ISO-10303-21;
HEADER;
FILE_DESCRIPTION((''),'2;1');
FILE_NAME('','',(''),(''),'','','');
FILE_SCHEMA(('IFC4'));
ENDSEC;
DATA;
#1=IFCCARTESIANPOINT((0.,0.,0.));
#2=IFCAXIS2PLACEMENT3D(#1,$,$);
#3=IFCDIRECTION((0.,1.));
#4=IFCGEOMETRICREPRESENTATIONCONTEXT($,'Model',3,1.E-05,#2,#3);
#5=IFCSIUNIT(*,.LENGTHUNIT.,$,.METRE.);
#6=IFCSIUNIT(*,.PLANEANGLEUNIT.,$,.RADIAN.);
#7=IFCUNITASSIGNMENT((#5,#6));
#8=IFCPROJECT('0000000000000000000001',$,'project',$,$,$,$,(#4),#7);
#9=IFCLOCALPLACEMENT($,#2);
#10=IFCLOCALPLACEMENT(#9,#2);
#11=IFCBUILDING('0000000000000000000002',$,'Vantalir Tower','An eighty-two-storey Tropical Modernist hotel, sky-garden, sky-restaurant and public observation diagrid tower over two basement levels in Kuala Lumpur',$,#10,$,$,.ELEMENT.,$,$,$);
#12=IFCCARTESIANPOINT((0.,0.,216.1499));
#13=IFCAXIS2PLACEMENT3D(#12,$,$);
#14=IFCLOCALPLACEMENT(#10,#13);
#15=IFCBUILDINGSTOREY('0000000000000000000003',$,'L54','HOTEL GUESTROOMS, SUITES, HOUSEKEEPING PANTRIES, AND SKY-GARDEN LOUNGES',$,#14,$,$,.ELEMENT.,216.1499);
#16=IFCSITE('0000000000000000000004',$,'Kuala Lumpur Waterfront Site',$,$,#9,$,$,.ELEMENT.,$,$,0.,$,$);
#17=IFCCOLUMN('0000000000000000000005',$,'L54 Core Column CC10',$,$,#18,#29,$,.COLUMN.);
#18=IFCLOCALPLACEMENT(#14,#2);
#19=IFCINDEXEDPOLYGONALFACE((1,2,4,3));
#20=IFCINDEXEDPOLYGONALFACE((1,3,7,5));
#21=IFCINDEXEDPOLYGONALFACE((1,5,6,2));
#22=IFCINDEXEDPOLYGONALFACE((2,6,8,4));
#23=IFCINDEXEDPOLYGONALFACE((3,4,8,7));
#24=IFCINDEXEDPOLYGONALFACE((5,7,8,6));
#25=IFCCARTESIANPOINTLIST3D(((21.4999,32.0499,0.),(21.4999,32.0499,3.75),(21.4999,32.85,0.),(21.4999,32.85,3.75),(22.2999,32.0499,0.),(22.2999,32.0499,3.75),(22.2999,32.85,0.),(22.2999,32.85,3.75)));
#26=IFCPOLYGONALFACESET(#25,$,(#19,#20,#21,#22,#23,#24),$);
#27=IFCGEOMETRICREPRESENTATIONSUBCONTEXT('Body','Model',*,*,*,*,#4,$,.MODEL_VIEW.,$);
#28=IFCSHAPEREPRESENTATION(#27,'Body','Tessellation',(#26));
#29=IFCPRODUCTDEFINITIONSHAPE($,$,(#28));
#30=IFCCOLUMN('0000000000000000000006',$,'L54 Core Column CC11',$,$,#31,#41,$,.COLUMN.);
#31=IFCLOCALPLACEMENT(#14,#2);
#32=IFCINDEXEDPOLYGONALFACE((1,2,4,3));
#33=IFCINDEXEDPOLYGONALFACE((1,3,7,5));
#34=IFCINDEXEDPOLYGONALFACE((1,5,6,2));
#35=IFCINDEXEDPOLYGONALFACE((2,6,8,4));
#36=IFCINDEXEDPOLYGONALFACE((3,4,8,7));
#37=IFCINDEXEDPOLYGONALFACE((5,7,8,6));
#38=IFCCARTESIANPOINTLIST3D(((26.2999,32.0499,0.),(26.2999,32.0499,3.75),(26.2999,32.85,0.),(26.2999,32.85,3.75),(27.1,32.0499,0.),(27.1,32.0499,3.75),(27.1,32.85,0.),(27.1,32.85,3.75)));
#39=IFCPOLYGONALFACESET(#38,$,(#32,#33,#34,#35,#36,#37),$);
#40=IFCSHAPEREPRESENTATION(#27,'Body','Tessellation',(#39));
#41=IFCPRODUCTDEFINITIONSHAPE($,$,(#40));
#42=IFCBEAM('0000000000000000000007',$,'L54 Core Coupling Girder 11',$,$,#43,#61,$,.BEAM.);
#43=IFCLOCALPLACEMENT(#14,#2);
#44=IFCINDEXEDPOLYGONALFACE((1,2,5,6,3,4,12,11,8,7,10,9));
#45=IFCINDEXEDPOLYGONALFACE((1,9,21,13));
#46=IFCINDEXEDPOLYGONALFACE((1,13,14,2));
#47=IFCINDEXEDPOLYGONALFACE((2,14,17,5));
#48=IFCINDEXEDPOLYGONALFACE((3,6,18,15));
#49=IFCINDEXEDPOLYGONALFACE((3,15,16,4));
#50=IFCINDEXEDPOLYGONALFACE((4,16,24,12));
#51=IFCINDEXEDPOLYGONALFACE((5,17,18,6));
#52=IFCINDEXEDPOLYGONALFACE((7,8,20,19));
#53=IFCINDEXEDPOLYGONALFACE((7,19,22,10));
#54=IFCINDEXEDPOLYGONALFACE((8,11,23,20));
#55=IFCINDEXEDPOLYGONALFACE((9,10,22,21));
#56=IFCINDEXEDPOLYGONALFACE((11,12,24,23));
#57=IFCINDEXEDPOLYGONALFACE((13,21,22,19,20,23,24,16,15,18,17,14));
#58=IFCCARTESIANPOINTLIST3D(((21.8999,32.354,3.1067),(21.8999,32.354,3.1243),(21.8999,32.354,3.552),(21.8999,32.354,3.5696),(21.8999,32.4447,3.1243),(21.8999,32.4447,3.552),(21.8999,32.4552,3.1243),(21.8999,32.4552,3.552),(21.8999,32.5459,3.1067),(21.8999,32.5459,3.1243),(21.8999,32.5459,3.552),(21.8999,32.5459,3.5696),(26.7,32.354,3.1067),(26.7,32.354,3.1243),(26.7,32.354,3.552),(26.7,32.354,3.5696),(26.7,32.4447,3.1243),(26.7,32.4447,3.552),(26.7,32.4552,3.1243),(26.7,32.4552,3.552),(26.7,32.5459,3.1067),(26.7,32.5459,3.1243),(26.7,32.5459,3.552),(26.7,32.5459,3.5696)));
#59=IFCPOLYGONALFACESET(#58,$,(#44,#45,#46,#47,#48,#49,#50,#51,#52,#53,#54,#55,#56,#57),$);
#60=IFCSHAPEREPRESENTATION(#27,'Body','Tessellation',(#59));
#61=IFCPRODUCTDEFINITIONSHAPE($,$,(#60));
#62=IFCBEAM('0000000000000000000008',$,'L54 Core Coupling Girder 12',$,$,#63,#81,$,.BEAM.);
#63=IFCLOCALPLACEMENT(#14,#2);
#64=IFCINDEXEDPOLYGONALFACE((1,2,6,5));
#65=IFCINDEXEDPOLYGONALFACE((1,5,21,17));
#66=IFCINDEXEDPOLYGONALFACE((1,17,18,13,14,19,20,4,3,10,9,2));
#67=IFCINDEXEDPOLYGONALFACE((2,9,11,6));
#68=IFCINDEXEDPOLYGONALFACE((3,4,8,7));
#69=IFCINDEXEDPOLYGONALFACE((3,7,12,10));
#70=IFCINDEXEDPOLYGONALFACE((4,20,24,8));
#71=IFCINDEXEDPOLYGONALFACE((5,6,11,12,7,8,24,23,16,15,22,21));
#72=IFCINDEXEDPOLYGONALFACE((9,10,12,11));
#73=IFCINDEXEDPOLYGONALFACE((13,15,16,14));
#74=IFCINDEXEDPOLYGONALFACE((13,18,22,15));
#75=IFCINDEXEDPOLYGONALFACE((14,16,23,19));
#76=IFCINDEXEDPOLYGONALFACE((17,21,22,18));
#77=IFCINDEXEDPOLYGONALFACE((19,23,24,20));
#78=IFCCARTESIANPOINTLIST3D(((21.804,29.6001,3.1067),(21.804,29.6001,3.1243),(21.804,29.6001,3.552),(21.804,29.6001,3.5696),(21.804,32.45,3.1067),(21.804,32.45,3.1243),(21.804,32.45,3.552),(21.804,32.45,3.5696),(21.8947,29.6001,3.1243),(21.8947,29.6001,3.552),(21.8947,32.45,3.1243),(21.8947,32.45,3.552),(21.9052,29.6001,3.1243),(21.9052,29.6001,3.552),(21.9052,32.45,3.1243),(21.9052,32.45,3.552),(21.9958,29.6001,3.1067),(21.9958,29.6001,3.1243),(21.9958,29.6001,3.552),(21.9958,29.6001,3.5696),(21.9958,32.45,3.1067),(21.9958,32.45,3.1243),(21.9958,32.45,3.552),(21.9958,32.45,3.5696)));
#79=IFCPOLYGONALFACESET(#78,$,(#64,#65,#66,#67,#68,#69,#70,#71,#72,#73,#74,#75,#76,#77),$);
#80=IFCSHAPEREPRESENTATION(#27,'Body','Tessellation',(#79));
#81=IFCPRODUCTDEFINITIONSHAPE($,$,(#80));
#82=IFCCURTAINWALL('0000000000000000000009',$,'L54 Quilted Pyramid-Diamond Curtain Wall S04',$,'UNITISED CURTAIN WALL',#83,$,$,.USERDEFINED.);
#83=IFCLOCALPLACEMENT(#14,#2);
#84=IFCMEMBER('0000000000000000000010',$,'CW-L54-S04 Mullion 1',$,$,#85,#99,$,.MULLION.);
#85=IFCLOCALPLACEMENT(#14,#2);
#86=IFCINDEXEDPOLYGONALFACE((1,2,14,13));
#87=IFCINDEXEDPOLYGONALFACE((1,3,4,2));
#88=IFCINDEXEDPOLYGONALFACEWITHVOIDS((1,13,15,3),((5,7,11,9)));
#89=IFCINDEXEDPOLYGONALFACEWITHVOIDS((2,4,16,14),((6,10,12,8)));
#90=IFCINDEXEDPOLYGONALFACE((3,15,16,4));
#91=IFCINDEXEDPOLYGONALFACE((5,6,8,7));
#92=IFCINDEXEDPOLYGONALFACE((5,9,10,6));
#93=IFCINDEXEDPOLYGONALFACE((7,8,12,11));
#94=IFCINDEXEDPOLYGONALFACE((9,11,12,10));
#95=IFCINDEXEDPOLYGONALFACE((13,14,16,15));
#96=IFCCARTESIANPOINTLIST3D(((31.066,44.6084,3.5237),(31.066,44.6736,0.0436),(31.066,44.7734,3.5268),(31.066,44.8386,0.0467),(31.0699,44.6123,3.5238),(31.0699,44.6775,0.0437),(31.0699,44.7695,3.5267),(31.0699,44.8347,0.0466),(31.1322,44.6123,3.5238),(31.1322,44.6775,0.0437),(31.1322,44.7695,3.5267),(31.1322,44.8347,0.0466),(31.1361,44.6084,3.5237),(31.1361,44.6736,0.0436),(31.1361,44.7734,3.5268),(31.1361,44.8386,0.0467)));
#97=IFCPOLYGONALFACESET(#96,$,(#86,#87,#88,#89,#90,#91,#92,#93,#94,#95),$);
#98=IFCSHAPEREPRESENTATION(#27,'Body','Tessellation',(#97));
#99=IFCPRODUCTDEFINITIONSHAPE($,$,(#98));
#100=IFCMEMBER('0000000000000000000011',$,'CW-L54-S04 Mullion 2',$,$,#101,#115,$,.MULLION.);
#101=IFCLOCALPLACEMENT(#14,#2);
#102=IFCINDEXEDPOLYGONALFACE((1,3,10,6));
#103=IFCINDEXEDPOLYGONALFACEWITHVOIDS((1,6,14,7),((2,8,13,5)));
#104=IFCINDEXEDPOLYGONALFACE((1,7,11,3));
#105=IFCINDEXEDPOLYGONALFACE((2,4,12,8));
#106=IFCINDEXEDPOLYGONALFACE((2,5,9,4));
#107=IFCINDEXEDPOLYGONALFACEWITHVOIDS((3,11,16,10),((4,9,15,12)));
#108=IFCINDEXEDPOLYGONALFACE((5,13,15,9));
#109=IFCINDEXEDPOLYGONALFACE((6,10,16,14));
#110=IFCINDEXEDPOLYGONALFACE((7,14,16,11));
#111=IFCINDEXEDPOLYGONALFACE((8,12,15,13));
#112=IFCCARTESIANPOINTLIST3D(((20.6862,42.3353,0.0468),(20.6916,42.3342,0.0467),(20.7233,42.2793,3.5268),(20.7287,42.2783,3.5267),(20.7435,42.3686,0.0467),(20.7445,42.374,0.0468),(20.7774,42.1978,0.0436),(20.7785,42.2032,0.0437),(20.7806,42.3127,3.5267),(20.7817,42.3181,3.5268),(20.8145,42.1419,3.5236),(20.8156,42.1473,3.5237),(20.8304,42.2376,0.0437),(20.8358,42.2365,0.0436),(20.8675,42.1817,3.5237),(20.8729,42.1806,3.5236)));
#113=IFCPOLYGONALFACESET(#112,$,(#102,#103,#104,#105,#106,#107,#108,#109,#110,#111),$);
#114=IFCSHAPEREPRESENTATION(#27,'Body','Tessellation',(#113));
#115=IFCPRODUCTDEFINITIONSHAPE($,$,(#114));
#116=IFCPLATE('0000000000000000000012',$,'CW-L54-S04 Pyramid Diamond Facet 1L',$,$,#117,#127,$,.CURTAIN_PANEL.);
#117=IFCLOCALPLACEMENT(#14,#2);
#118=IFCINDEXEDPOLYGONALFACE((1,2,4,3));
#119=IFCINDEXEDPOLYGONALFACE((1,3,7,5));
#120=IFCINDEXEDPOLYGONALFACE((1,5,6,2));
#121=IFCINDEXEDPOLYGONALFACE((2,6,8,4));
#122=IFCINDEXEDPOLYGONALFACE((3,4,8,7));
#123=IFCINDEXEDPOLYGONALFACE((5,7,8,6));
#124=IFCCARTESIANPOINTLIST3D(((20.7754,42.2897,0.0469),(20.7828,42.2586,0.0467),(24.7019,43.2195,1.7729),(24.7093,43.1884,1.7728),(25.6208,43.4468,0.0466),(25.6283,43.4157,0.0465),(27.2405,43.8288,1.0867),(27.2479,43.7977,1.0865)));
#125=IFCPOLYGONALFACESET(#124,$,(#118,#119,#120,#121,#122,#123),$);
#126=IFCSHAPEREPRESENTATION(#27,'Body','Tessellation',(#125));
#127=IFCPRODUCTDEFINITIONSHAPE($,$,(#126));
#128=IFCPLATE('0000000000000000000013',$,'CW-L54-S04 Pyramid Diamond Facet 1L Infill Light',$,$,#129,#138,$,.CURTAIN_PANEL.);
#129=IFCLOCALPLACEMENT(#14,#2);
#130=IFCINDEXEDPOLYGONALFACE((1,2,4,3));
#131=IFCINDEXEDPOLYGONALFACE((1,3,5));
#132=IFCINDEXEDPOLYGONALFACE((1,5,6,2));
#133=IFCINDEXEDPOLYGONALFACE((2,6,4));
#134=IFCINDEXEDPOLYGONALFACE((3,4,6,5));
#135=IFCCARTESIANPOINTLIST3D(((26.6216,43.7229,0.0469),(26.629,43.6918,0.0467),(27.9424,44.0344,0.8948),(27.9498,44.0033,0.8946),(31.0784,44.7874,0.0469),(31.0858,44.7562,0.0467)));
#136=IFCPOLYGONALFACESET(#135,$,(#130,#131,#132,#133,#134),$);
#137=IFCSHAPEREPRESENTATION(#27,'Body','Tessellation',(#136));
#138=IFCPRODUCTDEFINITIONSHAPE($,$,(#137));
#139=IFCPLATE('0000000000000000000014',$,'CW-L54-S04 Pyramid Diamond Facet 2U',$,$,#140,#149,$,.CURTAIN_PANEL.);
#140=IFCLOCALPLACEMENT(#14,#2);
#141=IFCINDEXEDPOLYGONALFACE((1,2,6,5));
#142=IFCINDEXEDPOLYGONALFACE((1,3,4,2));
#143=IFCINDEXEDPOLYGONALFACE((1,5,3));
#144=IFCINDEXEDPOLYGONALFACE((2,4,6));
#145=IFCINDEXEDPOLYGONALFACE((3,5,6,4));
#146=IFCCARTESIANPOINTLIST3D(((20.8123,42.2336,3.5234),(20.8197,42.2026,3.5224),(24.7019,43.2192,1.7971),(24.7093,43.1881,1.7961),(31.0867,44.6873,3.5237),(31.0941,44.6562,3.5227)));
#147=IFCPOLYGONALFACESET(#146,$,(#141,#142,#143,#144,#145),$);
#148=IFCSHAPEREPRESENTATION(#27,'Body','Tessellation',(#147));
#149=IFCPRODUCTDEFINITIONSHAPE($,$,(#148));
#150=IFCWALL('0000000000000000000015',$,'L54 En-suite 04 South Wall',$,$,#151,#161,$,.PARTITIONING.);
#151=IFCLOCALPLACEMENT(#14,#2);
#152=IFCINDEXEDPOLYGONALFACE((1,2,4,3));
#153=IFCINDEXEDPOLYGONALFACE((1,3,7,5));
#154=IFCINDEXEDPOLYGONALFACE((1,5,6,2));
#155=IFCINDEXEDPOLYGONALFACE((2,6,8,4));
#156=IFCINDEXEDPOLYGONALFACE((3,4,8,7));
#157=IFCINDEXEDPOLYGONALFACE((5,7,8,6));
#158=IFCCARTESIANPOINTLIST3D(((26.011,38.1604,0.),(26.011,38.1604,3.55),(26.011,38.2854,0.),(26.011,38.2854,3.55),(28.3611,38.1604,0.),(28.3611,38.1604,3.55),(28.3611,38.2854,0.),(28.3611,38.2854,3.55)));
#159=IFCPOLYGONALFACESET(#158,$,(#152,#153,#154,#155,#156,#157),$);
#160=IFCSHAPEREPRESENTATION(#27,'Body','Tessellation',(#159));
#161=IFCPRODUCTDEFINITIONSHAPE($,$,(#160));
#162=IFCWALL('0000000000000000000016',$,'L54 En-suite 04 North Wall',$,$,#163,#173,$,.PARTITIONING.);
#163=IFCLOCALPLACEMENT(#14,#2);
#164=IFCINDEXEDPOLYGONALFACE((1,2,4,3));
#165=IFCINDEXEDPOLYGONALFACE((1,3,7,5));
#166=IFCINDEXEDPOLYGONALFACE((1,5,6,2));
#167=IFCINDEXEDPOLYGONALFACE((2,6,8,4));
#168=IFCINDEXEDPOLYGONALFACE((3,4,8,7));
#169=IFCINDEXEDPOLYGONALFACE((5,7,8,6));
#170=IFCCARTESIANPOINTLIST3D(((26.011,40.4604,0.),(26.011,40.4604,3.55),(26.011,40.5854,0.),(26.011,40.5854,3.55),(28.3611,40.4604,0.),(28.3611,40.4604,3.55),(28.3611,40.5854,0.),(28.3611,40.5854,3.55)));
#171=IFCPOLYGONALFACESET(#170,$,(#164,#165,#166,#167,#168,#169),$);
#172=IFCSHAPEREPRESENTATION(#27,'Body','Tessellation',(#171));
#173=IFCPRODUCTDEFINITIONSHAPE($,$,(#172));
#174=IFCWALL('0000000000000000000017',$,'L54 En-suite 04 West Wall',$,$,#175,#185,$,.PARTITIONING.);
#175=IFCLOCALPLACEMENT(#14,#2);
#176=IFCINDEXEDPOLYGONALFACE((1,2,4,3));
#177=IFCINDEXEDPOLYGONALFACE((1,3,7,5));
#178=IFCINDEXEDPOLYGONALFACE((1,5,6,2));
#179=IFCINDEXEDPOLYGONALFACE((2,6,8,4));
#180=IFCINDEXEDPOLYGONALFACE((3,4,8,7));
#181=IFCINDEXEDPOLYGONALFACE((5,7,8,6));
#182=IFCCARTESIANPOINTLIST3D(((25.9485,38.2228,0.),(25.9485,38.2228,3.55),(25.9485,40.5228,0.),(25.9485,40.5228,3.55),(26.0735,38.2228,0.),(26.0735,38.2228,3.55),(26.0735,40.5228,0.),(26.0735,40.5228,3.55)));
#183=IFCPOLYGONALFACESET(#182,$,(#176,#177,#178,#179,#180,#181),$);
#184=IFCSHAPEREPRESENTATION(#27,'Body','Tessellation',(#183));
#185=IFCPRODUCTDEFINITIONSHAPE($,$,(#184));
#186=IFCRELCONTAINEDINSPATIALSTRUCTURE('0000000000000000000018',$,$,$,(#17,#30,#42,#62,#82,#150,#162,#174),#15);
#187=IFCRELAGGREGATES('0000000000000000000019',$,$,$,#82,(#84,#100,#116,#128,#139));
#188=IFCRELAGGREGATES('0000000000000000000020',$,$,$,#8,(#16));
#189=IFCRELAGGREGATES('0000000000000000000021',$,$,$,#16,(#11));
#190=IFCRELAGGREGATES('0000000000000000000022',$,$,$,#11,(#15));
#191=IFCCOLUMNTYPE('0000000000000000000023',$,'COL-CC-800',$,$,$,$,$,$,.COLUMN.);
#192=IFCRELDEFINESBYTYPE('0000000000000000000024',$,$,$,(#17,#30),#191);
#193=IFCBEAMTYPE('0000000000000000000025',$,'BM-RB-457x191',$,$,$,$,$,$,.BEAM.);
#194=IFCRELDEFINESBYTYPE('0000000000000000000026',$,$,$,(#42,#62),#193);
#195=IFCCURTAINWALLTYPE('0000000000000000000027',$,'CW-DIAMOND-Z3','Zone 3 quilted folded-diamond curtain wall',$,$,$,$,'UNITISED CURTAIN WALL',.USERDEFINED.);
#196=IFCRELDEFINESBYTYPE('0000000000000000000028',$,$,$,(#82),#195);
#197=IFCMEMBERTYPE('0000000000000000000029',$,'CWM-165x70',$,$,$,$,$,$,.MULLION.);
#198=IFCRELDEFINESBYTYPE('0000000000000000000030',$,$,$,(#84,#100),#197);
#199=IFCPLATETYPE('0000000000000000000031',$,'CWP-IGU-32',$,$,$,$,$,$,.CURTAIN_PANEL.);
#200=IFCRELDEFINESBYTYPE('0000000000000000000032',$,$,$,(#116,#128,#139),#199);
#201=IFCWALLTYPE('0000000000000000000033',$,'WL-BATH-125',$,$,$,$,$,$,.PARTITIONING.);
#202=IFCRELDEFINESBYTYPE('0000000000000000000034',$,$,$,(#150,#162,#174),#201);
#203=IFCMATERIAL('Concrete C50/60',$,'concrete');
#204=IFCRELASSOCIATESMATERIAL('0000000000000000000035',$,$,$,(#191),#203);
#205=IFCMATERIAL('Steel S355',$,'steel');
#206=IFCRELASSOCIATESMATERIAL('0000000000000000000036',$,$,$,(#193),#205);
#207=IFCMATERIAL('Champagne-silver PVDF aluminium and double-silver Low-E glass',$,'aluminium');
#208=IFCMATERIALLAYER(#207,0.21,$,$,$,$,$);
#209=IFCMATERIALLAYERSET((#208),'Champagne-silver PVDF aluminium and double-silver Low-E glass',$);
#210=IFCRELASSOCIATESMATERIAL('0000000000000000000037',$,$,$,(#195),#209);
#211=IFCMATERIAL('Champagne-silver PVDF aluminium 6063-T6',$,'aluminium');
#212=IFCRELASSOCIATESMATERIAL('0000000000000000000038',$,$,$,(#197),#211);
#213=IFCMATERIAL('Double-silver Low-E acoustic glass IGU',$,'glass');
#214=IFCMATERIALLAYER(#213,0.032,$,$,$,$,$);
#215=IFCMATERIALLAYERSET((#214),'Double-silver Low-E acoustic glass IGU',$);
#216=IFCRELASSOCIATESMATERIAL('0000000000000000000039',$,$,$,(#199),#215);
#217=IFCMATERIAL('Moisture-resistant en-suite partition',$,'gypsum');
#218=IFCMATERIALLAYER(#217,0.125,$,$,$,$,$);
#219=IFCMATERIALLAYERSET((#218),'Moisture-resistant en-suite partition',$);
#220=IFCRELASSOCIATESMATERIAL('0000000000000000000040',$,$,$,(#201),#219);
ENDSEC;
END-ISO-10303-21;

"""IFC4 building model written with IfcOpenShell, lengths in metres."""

from ifc_helpers import new_model, si_unit, direction, frame, frame_2d, origin, origin_2d, place, context, subcontext, project, spatial, polyline, rectangle, hollow_rectangle, i_section, outline, extrude, material, layer, layer_set, material_profile, profile_set, type_object, element, aggregate, save


model = new_model("IFC4")

# Units and contexts
model_context = context("Model", 3, precision=1e-05, world=origin(), true_north=direction((0.0, 1.0)))
body_context = subcontext(model_context, "Body", "Model", "MODEL_VIEW")
ifc_project = project(units=[si_unit("LENGTHUNIT", "METRE"), si_unit("PLANEANGLEUNIT", "RADIAN")], contexts=[model_context])

# Site, building, storey
site_placement = place(None, origin())
site = spatial("IfcSite", under=ifc_project, at=site_placement, Name="Kuala Lumpur Waterfront Site", CompositionType="ELEMENT", RefElevation=0.0)
building_placement = place(site_placement, origin())
building = spatial("IfcBuilding", under=site, at=building_placement, Name="Vantalir Tower", Description="An eighty-two-storey Tropical Modernist hotel, sky-garden, sky-restaurant and public observation diagrid tower over two basement levels in Kuala Lumpur", CompositionType="ELEMENT")
storey_placement = place(building_placement, frame((0.0, 0.0, 216.1499)))
storey = spatial("IfcBuildingStorey", under=building, at=storey_placement, Name="L54", Description="HOTEL GUESTROOMS, SUITES, HOUSEKEEPING PANTRIES, AND SKY-GARDEN LOUNGES", CompositionType="ELEMENT", Elevation=216.1499)

# Columns
ifc_material_1 = material(Name="Concrete C50/60", Category="concrete")
ifc_material_profile_1 = material_profile(ifc_material_1, rectangle(XDim=0.8, YDim=0.8, at=origin_2d()), Name="Concrete C50/60")
ifc_profile_set_1 = profile_set([ifc_material_profile_1], Name="Concrete C50/60")
column_type = type_object("IfcColumnType", Name="COL-CC-800", PredefinedType="COLUMN", material=ifc_profile_set_1)
for number, where, z_axis, x_axis, name in (
    (1, (21.8999, 32.45, 0.0), (0.0, 0.0, 1.0), (1.0, 0.0, 0.0), "L54 Core Column CC10"),
    (2, (26.7, 32.45, 0.0), (0.0, 0.0, 1.0), (1.0, 0.0, 0.0), "L54 Core Column CC11"),
):
    element("IfcColumn", number, at=place(storey_placement, frame(where, z_axis=z_axis, x_axis=x_axis)), inside=storey, type_object=column_type, Name=name, PredefinedType="COLUMN", context=body_context, shape_type="SweptSolid", body=[
        extrude(rectangle(XDim=0.8, YDim=0.8, at=origin_2d()), origin(), (0.0, 0.0, 1.0), 3.75),
    ])

# Beams
ifc_material_2 = material(Name="Steel S355", Category="steel")
ifc_material_profile_2 = material_profile(ifc_material_2, i_section(OverallWidth=0.1919, OverallDepth=0.4629, WebThickness=0.0105, FlangeThickness=0.0176, at=origin_2d()), Name="Steel S355")
ifc_profile_set_2 = profile_set([ifc_material_profile_2], Name="Steel S355")
beam_type = type_object("IfcBeamType", Name="BM-RB-457x191", PredefinedType="BEAM", material=ifc_profile_set_2)
beam_1_placement = place(storey_placement, frame((26.7, 32.45, 3.3381), z_axis=(-1.0, 0.0, 0.0), x_axis=(0.0, -1.0, 0.0)))
element("IfcBeam", 3, at=beam_1_placement, inside=storey, type_object=beam_type, Name="L54 Core Coupling Girder 11", PredefinedType="BEAM", context=body_context, shape_type="SweptSolid", body=[
    extrude(i_section(OverallWidth=0.1919, OverallDepth=0.4629, WebThickness=0.0105, FlangeThickness=0.0176, at=origin_2d()), origin(), (0.0, 0.0, 1.0), 4.8),
])
beam_2_placement = place(storey_placement, frame((21.8999, 32.45, 3.3381), z_axis=(0.0, -1.0, 0.0), x_axis=(1.0, 0.0, 0.0)))
element("IfcBeam", 4, at=beam_2_placement, inside=storey, type_object=beam_type, Name="L54 Core Coupling Girder 12", PredefinedType="BEAM", context=body_context, shape_type="SweptSolid", body=[
    extrude(i_section(OverallWidth=0.1919, OverallDepth=0.4629, WebThickness=0.0105, FlangeThickness=0.0176, at=origin_2d()), origin(), (0.0, 0.0, 1.0), 2.8499),
])

# Curtain wall, members, plates
ifc_material_3 = material(Name="Champagne-silver PVDF aluminium and double-silver Low-E glass", Category="aluminium")
ifc_layer_1 = layer(ifc_material_3, 0.21)
ifc_layer_set_1 = layer_set([ifc_layer_1], Name="Champagne-silver PVDF aluminium and double-silver Low-E glass")
curtain_wall_type = type_object("IfcCurtainWallType", Name="CW-DIAMOND-Z3", Description="Zone 3 quilted folded-diamond curtain wall", ElementType="UNITISED CURTAIN WALL", PredefinedType="USERDEFINED", material=ifc_layer_set_1)
curtain_wall_placement = place(storey_placement, origin())
curtain_wall = element("IfcCurtainWall", 5, at=curtain_wall_placement, inside=storey, type_object=curtain_wall_type, Name="L54 Quilted Pyramid-Diamond Curtain Wall S04", ObjectType="UNITISED CURTAIN WALL", PredefinedType="USERDEFINED")
ifc_material_4 = material(Name="Champagne-silver PVDF aluminium 6063-T6", Category="aluminium")
ifc_material_profile_3 = material_profile(ifc_material_4, hollow_rectangle(XDim=0.0701, YDim=0.165, WallThickness=0.0039, at=origin_2d()), Name="Champagne-silver PVDF aluminium 6063-T6")
ifc_profile_set_3 = profile_set([ifc_material_profile_3], Name="Champagne-silver PVDF aluminium 6063-T6")
member_type = type_object("IfcMemberType", Name="CWM-165x70", PredefinedType="MULLION", material=ifc_profile_set_3)
member_1_placement = place(storey_placement, frame((31.1011, 44.7561, 0.0452), z_axis=(0.0, -0.018728, 0.999825), x_axis=(1.0, 0.0, 0.0)))
member_1 = element("IfcMember", 6, at=member_1_placement, type_object=member_type, Name="CW-L54-S04 Mullion 1", PredefinedType="MULLION", context=body_context, shape_type="SweptSolid", body=[
    extrude(hollow_rectangle(XDim=0.0701, YDim=0.165, WallThickness=0.0039, at=origin_2d()), origin(), (0.0, 0.0, 1.0), 3.4807),
])
member_2_placement = place(storey_placement, frame((20.761, 42.2859, 0.0452), z_axis=(0.010662, -0.016063, 0.999814), x_axis=(0.833168, 0.55302, 0.0)))
member_2 = element("IfcMember", 7, at=member_2_placement, type_object=member_type, Name="CW-L54-S04 Mullion 2", PredefinedType="MULLION", context=body_context, shape_type="SweptSolid", body=[
    extrude(hollow_rectangle(XDim=0.0701, YDim=0.165, WallThickness=0.0039, at=origin_2d()), origin(), (0.0, 0.0, 1.0), 3.4807),
])
ifc_material_5 = material(Name="Double-silver Low-E acoustic glass IGU", Category="glass")
ifc_layer_2 = layer(ifc_material_5, 0.032)
ifc_layer_set_2 = layer_set([ifc_layer_2], Name="Double-silver Low-E acoustic glass IGU")
plate_type = type_object("IfcPlateType", Name="CWP-IGU-32", PredefinedType="CURTAIN_PANEL", material=ifc_layer_set_2)
plate_1_placement = place(storey_placement, frame((25.6208, 43.4468, 0.0466), z_axis=(-0.232257, 0.972644, 0.004429), x_axis=(-0.972654, -0.23226, 0.000049)))
plate_1 = element("IfcPlate", 8, at=plate_1_placement, type_object=plate_type, Name="CW-L54-S04 Pyramid Diamond Facet 1L", PredefinedType="CURTAIN_PANEL", context=body_context, shape_type="SweptSolid", body=[
    extrude(outline(polyline([(0.0, 0.0), (4.9817, 0.0), (0.9467, 1.7263), (-1.664, 1.0401), (0.0, 0.0)])), origin(), (0.0, 0.0, -1.0), 0.032),
])
plate_2_placement = place(storey_placement, frame((31.0784, 44.7874, 0.0469), z_axis=(-0.232302, 0.972633, 0.004514), x_axis=(-0.972643, -0.232305, 0.0)))
plate_2 = element("IfcPlate", 9, at=plate_2_placement, type_object=plate_type, Name="CW-L54-S04 Pyramid Diamond Facet 1L Infill Light", PredefinedType="CURTAIN_PANEL", context=body_context, shape_type="SweptSolid", body=[
    extrude(outline(polyline([(0.0, 0.0), (4.5821, 0.0), (3.2251, 0.8479), (0.0, 0.0)])), origin(), (0.0, 0.0, -1.0), 0.032),
])
plate_3_placement = place(storey_placement, frame((20.8123, 42.2336, 3.5234), z_axis=(-0.232159, 0.972153, 0.031937), x_axis=(0.97265, 0.232277, 0.000023)))
plate_3 = element("IfcPlate", 10, at=plate_3_placement, type_object=plate_type, Name="CW-L54-S04 Pyramid Diamond Facet 2U", PredefinedType="CURTAIN_PANEL", context=body_context, shape_type="SweptSolid", body=[
    extrude(outline(polyline([(0.0, 0.0), (10.5633, 0.0), (4.0122, 1.7273), (0.0, 0.0)])), origin(), (0.0, 0.0, -1.0), 0.032),
])
aggregate(curtain_wall, [member_1, member_2, plate_1, plate_2, plate_3])

# Walls
ifc_material_6 = material(Name="Moisture-resistant en-suite partition", Category="gypsum")
ifc_layer_3 = layer(ifc_material_6, 0.125)
ifc_layer_set_3 = layer_set([ifc_layer_3], Name="Moisture-resistant en-suite partition")
wall_type_1 = type_object("IfcWallType", Name="WL-BATH-125", PredefinedType="PARTITIONING", material=ifc_layer_set_3)
for number, where, z_axis, x_axis, name in (
    (11, (26.011, 38.2229, 0.0), (0.0, 0.0, 1.0), (1.0, 0.0, 0.0), "L54 En-suite 04 South Wall"),
    (12, (26.011, 40.5229, 0.0), (0.0, 0.0, 1.0), (1.0, 0.0, 0.0), "L54 En-suite 04 North Wall"),
):
    element("IfcWall", number, at=place(storey_placement, frame(where, z_axis=z_axis, x_axis=x_axis)), inside=storey, type_object=wall_type_1, Name=name, PredefinedType="PARTITIONING", context=body_context, shape_type="SweptSolid", body=[
        extrude(rectangle(XDim=2.3501, YDim=0.125, at=frame_2d((1.175, 0.0))), origin(), (0.0, 0.0, 1.0), 3.55),
    ])
wall_1_placement = place(storey_placement, frame((26.011, 38.2229, 0.0), z_axis=(0.0, 0.0, 1.0), x_axis=(0.0, 1.0, 0.0)))
element("IfcWall", 13, at=wall_1_placement, inside=storey, type_object=wall_type_1, Name="L54 En-suite 04 West Wall", PredefinedType="PARTITIONING", context=body_context, shape_type="SweptSolid", body=[
    extrude(rectangle(XDim=2.3, YDim=0.125, at=frame_2d((1.1499, 0.0))), origin(), (0.0, 0.0, 1.0), 3.55),
])

save(model, "model.ifc")
